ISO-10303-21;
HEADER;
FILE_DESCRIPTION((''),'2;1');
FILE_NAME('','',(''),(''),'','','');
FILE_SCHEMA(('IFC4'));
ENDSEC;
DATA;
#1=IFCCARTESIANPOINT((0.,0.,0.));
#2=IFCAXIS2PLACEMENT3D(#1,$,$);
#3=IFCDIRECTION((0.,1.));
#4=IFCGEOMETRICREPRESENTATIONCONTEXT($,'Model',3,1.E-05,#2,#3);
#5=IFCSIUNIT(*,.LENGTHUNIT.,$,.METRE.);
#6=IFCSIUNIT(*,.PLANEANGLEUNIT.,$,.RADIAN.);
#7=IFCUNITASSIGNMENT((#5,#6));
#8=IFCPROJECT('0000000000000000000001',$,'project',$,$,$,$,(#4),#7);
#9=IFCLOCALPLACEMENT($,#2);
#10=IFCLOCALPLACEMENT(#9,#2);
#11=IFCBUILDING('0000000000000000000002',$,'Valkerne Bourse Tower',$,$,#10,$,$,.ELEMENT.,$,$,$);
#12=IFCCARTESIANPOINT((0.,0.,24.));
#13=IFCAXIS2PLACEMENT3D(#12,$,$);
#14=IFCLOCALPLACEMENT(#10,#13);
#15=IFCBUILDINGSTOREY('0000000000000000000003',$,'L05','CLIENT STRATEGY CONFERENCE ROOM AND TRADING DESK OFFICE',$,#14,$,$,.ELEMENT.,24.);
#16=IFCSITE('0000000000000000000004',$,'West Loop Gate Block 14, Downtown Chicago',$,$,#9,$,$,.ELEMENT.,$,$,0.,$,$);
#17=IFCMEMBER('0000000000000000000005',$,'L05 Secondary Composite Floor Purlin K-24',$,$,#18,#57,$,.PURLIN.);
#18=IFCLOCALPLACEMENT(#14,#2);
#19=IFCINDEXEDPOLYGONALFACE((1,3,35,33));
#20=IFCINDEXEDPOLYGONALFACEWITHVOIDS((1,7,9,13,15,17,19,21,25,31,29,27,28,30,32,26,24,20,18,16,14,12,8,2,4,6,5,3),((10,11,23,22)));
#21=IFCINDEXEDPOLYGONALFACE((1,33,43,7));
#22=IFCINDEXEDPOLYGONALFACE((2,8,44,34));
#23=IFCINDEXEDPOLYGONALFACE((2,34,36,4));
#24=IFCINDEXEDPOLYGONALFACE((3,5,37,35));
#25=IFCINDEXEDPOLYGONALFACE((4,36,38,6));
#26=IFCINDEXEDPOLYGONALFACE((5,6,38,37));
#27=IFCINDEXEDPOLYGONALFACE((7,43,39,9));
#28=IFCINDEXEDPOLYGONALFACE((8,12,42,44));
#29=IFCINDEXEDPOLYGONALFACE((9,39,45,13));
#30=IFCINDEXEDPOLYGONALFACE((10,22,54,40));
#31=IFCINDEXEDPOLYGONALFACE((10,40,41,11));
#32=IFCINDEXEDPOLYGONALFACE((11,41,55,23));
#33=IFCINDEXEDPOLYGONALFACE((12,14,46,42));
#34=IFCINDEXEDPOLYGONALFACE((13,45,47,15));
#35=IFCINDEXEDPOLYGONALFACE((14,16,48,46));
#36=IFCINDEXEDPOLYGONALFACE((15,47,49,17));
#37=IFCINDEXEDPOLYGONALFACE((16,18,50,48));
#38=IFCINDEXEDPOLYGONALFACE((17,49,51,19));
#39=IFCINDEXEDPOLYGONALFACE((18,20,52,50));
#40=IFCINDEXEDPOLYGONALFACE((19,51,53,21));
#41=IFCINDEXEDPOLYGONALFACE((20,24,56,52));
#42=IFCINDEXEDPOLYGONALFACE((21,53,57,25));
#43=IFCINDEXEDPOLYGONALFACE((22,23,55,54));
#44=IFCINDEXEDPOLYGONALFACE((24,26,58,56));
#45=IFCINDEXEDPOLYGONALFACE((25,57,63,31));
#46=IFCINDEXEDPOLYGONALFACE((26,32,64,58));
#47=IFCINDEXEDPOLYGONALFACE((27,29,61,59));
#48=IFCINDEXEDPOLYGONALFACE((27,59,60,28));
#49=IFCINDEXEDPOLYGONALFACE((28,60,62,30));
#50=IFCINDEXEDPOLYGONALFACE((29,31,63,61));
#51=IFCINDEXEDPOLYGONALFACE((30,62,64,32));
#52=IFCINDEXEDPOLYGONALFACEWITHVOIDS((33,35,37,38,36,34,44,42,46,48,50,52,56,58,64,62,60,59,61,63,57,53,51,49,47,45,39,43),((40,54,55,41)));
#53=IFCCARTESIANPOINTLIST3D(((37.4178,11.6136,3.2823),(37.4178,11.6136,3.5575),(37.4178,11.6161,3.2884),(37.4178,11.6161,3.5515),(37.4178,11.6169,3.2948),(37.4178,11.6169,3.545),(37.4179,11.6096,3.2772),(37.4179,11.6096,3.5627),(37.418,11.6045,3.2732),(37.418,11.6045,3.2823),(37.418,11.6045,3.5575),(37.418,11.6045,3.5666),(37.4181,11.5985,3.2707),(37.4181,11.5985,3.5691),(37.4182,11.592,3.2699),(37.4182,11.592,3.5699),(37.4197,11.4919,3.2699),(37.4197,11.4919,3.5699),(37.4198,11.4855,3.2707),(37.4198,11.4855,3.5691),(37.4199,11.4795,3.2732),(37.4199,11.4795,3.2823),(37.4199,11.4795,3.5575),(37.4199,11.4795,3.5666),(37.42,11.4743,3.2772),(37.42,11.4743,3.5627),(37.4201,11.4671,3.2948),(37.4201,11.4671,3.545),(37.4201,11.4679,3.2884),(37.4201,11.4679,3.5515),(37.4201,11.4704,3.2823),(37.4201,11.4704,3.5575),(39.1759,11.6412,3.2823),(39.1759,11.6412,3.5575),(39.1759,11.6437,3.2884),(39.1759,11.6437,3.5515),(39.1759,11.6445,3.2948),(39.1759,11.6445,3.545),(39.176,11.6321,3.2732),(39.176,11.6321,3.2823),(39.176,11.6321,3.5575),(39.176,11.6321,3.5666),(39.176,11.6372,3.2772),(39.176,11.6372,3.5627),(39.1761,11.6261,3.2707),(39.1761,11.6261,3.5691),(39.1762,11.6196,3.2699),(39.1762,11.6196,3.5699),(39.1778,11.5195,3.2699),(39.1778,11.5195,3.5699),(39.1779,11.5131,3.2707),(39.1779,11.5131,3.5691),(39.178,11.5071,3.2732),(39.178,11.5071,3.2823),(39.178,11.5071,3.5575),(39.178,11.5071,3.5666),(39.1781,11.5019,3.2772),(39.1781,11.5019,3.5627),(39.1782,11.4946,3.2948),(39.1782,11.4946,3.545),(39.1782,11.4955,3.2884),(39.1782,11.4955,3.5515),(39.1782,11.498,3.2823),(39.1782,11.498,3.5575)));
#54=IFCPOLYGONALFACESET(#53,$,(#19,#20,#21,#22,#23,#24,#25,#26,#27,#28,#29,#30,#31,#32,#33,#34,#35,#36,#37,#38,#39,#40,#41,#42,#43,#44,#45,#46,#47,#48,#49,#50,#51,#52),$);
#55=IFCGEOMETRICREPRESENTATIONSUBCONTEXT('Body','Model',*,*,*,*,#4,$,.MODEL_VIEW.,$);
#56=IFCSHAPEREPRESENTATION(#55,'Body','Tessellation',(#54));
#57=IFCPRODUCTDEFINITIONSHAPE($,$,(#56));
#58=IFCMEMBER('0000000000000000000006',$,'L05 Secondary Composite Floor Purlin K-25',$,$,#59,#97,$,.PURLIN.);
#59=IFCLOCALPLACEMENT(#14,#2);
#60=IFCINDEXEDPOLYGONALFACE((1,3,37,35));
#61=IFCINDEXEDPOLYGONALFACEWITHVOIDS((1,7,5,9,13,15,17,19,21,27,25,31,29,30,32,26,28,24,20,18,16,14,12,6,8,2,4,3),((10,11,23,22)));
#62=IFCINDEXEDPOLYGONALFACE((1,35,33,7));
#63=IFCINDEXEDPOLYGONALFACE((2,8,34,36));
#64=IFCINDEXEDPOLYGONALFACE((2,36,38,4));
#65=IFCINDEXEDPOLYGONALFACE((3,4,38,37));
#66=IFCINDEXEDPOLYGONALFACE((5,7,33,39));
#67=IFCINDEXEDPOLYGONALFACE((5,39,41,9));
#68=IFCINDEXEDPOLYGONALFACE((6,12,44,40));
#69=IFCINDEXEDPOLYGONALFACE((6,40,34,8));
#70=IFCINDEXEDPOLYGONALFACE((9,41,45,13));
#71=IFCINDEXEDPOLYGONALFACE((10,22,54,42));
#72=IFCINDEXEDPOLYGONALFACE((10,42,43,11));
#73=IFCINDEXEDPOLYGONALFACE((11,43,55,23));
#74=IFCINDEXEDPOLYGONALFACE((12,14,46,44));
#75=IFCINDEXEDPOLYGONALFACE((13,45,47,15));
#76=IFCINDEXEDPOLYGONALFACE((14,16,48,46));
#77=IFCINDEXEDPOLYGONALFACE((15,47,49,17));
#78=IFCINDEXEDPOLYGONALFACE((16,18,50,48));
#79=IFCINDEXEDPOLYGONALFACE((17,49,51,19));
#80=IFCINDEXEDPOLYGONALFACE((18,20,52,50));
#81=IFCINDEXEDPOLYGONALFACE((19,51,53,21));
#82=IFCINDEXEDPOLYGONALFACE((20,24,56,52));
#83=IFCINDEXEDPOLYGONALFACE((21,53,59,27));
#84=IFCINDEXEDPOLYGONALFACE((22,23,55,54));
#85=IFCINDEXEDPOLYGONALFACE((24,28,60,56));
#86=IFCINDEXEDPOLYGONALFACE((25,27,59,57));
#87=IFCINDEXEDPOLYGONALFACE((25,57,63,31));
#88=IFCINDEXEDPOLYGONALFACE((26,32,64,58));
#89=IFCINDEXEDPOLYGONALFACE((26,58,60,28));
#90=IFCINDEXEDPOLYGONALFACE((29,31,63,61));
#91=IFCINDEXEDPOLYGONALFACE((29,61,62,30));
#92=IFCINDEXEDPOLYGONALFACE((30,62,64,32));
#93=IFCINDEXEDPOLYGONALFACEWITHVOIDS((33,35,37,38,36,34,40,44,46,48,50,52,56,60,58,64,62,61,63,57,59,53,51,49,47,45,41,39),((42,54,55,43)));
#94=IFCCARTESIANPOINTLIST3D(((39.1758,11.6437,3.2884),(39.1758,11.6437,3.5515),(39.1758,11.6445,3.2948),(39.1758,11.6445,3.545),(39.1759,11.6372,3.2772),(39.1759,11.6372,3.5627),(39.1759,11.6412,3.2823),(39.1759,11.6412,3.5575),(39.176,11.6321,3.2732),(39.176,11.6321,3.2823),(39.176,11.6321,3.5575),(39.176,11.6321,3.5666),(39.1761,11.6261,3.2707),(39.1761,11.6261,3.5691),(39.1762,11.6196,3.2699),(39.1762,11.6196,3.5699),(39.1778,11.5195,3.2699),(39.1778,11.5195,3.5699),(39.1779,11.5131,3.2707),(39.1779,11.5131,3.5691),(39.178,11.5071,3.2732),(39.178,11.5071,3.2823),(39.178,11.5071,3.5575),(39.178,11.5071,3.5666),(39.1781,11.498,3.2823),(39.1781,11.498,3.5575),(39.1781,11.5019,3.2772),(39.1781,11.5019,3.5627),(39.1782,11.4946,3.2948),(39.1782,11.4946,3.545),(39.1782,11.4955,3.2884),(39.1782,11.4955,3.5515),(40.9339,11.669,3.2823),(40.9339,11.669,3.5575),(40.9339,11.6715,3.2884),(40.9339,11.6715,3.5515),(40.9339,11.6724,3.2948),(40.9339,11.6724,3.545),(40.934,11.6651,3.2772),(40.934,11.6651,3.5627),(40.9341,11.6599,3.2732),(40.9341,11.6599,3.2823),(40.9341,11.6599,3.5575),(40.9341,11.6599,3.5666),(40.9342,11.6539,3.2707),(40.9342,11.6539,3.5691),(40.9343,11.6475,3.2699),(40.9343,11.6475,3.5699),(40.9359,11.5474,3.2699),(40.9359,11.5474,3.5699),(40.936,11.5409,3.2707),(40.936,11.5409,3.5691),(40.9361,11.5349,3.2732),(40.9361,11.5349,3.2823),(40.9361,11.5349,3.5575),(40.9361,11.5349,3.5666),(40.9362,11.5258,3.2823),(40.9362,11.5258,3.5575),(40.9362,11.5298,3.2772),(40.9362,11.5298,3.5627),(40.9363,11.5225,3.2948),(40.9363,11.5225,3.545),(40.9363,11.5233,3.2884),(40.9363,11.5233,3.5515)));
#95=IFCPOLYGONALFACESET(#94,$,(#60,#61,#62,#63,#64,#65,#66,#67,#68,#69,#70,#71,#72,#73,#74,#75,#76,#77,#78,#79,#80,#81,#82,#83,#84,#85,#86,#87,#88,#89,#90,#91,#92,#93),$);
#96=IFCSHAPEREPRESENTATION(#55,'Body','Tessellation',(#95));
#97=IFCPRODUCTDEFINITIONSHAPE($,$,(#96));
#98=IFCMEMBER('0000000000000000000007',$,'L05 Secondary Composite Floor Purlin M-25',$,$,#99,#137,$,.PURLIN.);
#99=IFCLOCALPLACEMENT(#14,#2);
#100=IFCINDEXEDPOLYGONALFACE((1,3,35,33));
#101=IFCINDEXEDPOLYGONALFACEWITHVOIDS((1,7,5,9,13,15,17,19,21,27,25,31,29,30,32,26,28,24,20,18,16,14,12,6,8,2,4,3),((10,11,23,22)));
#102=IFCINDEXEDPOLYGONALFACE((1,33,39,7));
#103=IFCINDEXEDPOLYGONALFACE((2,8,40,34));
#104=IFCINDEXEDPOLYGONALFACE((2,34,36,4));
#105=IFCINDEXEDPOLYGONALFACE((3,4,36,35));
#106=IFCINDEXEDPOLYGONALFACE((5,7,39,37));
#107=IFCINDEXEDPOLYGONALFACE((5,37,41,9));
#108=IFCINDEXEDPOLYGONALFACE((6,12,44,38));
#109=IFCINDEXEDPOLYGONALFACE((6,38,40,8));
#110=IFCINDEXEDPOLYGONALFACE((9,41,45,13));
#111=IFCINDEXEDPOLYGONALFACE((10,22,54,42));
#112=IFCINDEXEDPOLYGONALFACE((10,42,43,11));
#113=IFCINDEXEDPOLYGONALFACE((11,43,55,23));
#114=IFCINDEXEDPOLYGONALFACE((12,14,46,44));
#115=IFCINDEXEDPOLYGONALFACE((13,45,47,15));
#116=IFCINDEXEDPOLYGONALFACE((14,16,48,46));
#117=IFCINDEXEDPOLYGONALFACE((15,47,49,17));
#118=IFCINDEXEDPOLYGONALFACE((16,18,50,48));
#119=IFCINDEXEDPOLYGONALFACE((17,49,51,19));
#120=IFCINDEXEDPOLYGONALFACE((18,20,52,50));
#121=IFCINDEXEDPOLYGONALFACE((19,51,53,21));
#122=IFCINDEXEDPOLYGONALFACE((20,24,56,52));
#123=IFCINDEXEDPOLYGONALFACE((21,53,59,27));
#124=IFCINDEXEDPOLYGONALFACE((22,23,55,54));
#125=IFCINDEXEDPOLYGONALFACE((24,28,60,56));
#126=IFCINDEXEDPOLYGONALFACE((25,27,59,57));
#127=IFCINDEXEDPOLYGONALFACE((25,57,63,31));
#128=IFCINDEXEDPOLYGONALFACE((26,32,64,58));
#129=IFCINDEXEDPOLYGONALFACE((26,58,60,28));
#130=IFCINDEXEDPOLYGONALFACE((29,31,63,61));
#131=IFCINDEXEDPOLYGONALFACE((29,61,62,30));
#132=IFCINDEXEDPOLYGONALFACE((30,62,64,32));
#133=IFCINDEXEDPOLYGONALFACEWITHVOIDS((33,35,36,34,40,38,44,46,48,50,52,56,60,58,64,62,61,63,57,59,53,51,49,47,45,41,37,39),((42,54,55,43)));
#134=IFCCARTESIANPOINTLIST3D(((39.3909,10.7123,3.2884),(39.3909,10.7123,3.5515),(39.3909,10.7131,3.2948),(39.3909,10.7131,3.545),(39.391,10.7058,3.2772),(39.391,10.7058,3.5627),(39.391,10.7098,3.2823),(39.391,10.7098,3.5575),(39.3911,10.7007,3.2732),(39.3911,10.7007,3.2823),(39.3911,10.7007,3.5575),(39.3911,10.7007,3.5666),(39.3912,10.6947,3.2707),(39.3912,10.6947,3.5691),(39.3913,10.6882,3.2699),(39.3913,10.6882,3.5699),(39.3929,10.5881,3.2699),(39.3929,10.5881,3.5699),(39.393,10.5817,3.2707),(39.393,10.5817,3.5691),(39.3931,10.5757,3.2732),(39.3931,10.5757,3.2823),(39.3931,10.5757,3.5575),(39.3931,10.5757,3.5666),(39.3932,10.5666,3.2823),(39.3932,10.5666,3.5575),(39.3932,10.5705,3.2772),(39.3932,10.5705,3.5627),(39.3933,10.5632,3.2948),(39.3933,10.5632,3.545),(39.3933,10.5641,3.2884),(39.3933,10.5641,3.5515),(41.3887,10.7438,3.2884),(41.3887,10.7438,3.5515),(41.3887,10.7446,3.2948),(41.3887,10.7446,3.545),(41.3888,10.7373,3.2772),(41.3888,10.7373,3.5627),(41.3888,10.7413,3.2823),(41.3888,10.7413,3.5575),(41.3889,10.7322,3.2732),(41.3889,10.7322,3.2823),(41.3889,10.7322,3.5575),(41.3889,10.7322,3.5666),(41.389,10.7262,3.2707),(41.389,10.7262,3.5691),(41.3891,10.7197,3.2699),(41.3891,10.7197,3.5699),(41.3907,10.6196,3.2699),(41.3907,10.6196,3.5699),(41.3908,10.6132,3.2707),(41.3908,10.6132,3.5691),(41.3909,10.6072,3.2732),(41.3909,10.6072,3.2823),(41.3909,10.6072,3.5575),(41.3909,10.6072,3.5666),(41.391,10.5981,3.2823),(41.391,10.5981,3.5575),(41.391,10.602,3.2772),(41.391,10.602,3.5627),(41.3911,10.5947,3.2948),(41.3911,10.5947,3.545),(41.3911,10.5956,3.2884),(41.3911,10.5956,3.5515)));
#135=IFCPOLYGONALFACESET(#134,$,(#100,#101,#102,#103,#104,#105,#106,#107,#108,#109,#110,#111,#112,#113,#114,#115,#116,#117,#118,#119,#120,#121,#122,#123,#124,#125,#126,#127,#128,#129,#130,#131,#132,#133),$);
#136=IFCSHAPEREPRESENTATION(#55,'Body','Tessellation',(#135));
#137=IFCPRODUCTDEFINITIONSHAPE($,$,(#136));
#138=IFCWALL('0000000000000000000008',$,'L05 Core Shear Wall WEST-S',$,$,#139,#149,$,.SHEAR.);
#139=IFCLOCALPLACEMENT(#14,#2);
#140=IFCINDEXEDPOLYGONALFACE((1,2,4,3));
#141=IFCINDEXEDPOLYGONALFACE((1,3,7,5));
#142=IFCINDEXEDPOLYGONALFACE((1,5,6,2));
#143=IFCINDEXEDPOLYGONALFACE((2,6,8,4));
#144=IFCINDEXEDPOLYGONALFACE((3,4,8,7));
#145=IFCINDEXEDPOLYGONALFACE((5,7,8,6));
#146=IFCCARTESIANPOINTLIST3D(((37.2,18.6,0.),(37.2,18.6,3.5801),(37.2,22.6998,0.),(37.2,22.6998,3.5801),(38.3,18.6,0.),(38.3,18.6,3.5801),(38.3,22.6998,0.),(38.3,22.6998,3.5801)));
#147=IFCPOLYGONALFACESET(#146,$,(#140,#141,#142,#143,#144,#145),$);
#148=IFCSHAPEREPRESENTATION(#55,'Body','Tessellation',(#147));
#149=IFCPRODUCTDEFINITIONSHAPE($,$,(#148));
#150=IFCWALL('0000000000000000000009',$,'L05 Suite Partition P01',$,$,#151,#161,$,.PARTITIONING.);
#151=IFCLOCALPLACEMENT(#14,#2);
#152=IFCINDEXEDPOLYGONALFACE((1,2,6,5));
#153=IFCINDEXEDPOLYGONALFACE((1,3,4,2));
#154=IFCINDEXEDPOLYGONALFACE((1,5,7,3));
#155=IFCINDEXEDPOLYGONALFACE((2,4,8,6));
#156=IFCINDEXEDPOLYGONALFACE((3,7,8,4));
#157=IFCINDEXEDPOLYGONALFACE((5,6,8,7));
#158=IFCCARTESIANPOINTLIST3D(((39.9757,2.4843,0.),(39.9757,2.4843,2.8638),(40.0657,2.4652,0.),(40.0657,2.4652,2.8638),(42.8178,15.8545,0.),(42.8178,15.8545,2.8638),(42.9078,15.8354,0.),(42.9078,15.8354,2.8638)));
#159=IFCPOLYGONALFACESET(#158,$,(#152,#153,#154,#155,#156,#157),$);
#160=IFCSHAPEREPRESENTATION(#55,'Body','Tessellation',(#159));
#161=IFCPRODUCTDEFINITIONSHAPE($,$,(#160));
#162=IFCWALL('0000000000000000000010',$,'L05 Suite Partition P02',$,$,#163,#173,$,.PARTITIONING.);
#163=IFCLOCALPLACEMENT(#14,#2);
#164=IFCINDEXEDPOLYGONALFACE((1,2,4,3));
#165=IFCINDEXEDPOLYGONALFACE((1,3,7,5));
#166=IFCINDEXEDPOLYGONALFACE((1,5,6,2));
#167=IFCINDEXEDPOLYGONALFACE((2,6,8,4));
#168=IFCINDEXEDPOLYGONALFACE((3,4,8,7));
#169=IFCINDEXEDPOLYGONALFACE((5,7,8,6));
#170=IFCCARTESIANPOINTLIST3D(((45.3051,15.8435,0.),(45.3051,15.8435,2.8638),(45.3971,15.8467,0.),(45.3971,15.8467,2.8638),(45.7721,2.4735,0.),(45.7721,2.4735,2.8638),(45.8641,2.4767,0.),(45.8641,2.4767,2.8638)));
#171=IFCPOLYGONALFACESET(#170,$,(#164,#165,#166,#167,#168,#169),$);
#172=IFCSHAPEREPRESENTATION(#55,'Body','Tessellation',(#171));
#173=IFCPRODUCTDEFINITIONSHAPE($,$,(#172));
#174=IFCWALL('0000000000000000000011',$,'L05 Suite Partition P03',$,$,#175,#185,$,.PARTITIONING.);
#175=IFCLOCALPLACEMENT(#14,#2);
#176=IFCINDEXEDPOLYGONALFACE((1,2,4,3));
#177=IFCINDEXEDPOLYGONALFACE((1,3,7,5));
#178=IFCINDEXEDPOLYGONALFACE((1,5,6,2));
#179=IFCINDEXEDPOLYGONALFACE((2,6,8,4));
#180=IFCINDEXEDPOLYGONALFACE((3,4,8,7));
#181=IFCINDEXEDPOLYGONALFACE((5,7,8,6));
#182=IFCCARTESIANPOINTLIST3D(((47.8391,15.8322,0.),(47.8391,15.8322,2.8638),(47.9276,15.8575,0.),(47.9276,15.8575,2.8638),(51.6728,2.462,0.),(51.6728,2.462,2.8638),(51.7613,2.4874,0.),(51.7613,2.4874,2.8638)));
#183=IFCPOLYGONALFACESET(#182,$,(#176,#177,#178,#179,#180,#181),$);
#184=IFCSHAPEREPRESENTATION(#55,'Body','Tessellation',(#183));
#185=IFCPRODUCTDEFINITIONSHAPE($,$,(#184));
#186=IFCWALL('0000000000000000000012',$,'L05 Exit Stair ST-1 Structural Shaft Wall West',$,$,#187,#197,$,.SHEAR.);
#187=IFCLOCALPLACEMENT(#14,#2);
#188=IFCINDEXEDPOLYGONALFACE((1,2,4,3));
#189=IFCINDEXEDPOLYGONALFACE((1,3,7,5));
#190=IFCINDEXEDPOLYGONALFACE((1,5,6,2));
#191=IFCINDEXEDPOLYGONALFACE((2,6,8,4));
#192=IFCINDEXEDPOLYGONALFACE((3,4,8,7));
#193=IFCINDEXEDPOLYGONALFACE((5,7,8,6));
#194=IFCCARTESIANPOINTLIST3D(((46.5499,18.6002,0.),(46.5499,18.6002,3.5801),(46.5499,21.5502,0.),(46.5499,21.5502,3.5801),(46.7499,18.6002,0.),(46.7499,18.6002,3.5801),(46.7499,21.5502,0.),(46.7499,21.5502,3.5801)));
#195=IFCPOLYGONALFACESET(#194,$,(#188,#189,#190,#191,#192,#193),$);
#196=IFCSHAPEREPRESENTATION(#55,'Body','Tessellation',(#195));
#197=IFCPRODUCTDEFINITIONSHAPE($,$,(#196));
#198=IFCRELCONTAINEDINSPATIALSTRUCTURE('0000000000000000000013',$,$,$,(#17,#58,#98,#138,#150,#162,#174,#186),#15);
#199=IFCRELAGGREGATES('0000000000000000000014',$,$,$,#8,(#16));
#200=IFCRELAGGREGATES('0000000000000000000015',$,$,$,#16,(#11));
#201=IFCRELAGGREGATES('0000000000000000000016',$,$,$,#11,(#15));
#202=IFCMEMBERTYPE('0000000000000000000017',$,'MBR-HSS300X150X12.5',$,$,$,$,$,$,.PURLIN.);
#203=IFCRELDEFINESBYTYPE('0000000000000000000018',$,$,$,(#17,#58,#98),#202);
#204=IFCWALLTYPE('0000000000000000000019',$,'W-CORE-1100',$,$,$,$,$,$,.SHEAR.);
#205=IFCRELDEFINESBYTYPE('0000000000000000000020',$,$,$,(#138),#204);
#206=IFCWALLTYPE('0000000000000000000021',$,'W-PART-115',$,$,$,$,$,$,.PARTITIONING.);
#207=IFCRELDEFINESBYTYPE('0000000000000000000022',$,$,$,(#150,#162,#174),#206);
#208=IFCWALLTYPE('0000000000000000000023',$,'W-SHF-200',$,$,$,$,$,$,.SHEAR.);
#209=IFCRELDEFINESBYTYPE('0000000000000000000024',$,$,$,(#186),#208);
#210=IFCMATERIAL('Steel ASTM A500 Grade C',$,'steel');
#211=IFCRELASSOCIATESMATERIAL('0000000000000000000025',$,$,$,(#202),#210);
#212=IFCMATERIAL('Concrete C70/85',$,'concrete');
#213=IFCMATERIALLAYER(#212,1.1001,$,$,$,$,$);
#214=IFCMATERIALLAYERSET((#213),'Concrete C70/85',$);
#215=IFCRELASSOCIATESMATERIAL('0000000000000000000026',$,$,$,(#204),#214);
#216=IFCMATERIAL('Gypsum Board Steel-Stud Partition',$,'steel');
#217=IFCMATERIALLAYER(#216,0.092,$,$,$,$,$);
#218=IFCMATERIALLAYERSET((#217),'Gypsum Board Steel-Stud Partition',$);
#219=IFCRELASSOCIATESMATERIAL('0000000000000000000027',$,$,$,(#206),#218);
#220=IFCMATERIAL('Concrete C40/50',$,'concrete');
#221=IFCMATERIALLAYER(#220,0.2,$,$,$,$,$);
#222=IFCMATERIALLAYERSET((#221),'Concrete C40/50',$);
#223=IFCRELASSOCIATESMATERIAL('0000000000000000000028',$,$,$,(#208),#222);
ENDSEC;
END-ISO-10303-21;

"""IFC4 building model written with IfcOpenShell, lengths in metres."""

from ifc_helpers import new_model, si_unit, direction, frame, frame_2d, origin, origin_2d, place, context, subcontext, project, spatial, rectangle, hollow_rectangle, extrude, material, layer, layer_set, material_profile, profile_set, type_object, element, save


model = new_model("IFC4")

# Units and contexts
model_context = context("Model", 3, precision=1e-05, world=origin(), true_north=direction((0.0, 1.0)))
body_context = subcontext(model_context, "Body", "Model", "MODEL_VIEW")
ifc_project = project(units=[si_unit("LENGTHUNIT", "METRE"), si_unit("PLANEANGLEUNIT", "RADIAN")], contexts=[model_context])

# Site, building, storey
site_placement = place(None, origin())
site = spatial("IfcSite", under=ifc_project, at=site_placement, Name="West Loop Gate Block 14, Downtown Chicago", CompositionType="ELEMENT", RefElevation=0.0)
building_placement = place(site_placement, origin())
building = spatial("IfcBuilding", under=site, at=building_placement, Name="Valkerne Bourse Tower", CompositionType="ELEMENT")
storey_placement = place(building_placement, frame((0.0, 0.0, 24.0)))
storey = spatial("IfcBuildingStorey", under=building, at=storey_placement, Name="L05", Description="CLIENT STRATEGY CONFERENCE ROOM AND TRADING DESK OFFICE", CompositionType="ELEMENT", Elevation=24.0)

# Members
ifc_material_1 = material(Name="Steel ASTM A500 Grade C", Category="steel")
ifc_material_profile = material_profile(ifc_material_1, hollow_rectangle(XDim=0.1499, YDim=0.3, WallThickness=0.0125, OuterFilletRadius=0.0249, at=origin_2d()), Name="HSS300X150X12.5")
ifc_profile_set = profile_set([ifc_material_profile], Name="Steel ASTM A500 Grade C")
member_type = type_object("IfcMemberType", Name="MBR-HSS300X150X12.5", PredefinedType="PURLIN", material=ifc_profile_set)
for number, where, z_axis, x_axis, name in (
    (1, (37.4189, 11.542, 3.4199), (0.999877, 0.01569, 0.0), (-0.01569, 0.999877, 0.0), "L05 Secondary Composite Floor Purlin K-24"),
    (2, (39.177, 11.5696, 3.4199), (0.999875, 0.015829, 0.0), (-0.015829, 0.999875, 0.0), "L05 Secondary Composite Floor Purlin K-25"),
):
    element("IfcMember", number, at=place(storey_placement, frame(where, z_axis=z_axis, x_axis=x_axis)), inside=storey, type_object=member_type, Name=name, PredefinedType="PURLIN", context=body_context, shape_type="SweptSolid", body=[
        extrude(hollow_rectangle(XDim=0.1499, YDim=0.3, WallThickness=0.0125, OuterFilletRadius=0.0249, at=origin_2d()), origin(), (0.0, 0.0, 1.0), 1.7583),
    ])
member_placement = place(storey_placement, frame((39.3921, 10.6382, 3.4199), z_axis=(0.999876, 0.015762, 0.0), x_axis=(-0.015762, 0.999876, 0.0)))
element("IfcMember", 3, at=member_placement, inside=storey, type_object=member_type, Name="L05 Secondary Composite Floor Purlin M-25", PredefinedType="PURLIN", context=body_context, shape_type="SweptSolid", body=[
    extrude(hollow_rectangle(XDim=0.1499, YDim=0.3, WallThickness=0.0125, OuterFilletRadius=0.0249, at=origin_2d()), origin(), (0.0, 0.0, 1.0), 1.998),
])

# Shared definitions
ifc_material_2 = material(Name="Concrete C70/85", Category="concrete")
ifc_layer_1 = layer(ifc_material_2, 1.1001)
ifc_layer_set_1 = layer_set([ifc_layer_1], Name="Concrete C70/85")
wall_type_1 = type_object("IfcWallType", Name="W-CORE-1100", PredefinedType="SHEAR", material=ifc_layer_set_1)

# Wall
wall_1_placement = place(storey_placement, frame((37.75, 18.6001, 0.0), z_axis=(0.0, 0.0, 1.0), x_axis=(0.0, 1.0, 0.0)))
element("IfcWall", 4, at=wall_1_placement, inside=storey, type_object=wall_type_1, Name="L05 Core Shear Wall WEST-S", PredefinedType="SHEAR", context=body_context, shape_type="SweptSolid", body=[
    extrude(rectangle(XDim=4.0999, YDim=1.1001, at=frame_2d((2.0498, 0.0))), origin(), (0.0, 0.0, 1.0), 3.5801),
])

# Walls
ifc_material_3 = material(Name="Gypsum Board Steel-Stud Partition", Category="steel")
ifc_layer_2 = layer(ifc_material_3, 0.092)
ifc_layer_set_2 = layer_set([ifc_layer_2], Name="Gypsum Board Steel-Stud Partition")
wall_type_2 = type_object("IfcWallType", Name="W-PART-115", PredefinedType="PARTITIONING", material=ifc_layer_set_2)
wall_2_placement = place(storey_placement, frame((42.8628, 15.845, 0.0), z_axis=(0.0, 0.0, 1.0), x_axis=(-0.207921, -0.978146, 0.0)))
element("IfcWall", 5, at=wall_2_placement, inside=storey, type_object=wall_type_2, Name="L05 Suite Partition P01", PredefinedType="PARTITIONING", context=body_context, shape_type="SweptSolid", body=[
    extrude(rectangle(XDim=13.6689, YDim=0.092, at=frame_2d((6.8345, 0.0))), origin(), (0.0, 0.0, 1.0), 2.8638),
])
wall_3_placement = place(storey_placement, frame((45.3511, 15.845, 0.0), z_axis=(0.0, 0.0, 1.0), x_axis=(0.03491, -0.99939, 0.0)))
element("IfcWall", 6, at=wall_3_placement, inside=storey, type_object=wall_type_2, Name="L05 Suite Partition P02", PredefinedType="PARTITIONING", context=body_context, shape_type="SweptSolid", body=[
    extrude(rectangle(XDim=13.3782, YDim=0.092, at=frame_2d((6.689, 0.0))), origin(), (0.0, 0.0, 1.0), 2.8638),
])
wall_4_placement = place(storey_placement, frame((47.8833, 15.845, 0.0), z_axis=(0.0, 0.0, 1.0), x_axis=(0.275632, -0.961263, 0.0)))
element("IfcWall", 7, at=wall_4_placement, inside=storey, type_object=wall_type_2, Name="L05 Suite Partition P03", PredefinedType="PARTITIONING", context=body_context, shape_type="SweptSolid", body=[
    extrude(rectangle(XDim=13.9089, YDim=0.092, at=frame_2d((6.9546, 0.0))), origin(), (0.0, 0.0, 1.0), 2.8638),
])
ifc_material_4 = material(Name="Concrete C40/50", Category="concrete")
ifc_layer_3 = layer(ifc_material_4, 0.2)
ifc_layer_set_3 = layer_set([ifc_layer_3], Name="Concrete C40/50")
wall_type_3 = type_object("IfcWallType", Name="W-SHF-200", PredefinedType="SHEAR", material=ifc_layer_set_3)
wall_5_placement = place(storey_placement, frame((46.6499, 18.6001, 0.0), z_axis=(0.0, 0.0, 1.0), x_axis=(0.0, 1.0, 0.0)))
element("IfcWall", 8, at=wall_5_placement, inside=storey, type_object=wall_type_3, Name="L05 Exit Stair ST-1 Structural Shaft Wall West", PredefinedType="SHEAR", context=body_context, shape_type="SweptSolid", body=[
    extrude(rectangle(XDim=2.95, YDim=0.2, at=frame_2d((1.4751, 0.0))), origin(), (0.0, 0.0, 1.0), 3.5801),
])

save(model, "model.ifc")
